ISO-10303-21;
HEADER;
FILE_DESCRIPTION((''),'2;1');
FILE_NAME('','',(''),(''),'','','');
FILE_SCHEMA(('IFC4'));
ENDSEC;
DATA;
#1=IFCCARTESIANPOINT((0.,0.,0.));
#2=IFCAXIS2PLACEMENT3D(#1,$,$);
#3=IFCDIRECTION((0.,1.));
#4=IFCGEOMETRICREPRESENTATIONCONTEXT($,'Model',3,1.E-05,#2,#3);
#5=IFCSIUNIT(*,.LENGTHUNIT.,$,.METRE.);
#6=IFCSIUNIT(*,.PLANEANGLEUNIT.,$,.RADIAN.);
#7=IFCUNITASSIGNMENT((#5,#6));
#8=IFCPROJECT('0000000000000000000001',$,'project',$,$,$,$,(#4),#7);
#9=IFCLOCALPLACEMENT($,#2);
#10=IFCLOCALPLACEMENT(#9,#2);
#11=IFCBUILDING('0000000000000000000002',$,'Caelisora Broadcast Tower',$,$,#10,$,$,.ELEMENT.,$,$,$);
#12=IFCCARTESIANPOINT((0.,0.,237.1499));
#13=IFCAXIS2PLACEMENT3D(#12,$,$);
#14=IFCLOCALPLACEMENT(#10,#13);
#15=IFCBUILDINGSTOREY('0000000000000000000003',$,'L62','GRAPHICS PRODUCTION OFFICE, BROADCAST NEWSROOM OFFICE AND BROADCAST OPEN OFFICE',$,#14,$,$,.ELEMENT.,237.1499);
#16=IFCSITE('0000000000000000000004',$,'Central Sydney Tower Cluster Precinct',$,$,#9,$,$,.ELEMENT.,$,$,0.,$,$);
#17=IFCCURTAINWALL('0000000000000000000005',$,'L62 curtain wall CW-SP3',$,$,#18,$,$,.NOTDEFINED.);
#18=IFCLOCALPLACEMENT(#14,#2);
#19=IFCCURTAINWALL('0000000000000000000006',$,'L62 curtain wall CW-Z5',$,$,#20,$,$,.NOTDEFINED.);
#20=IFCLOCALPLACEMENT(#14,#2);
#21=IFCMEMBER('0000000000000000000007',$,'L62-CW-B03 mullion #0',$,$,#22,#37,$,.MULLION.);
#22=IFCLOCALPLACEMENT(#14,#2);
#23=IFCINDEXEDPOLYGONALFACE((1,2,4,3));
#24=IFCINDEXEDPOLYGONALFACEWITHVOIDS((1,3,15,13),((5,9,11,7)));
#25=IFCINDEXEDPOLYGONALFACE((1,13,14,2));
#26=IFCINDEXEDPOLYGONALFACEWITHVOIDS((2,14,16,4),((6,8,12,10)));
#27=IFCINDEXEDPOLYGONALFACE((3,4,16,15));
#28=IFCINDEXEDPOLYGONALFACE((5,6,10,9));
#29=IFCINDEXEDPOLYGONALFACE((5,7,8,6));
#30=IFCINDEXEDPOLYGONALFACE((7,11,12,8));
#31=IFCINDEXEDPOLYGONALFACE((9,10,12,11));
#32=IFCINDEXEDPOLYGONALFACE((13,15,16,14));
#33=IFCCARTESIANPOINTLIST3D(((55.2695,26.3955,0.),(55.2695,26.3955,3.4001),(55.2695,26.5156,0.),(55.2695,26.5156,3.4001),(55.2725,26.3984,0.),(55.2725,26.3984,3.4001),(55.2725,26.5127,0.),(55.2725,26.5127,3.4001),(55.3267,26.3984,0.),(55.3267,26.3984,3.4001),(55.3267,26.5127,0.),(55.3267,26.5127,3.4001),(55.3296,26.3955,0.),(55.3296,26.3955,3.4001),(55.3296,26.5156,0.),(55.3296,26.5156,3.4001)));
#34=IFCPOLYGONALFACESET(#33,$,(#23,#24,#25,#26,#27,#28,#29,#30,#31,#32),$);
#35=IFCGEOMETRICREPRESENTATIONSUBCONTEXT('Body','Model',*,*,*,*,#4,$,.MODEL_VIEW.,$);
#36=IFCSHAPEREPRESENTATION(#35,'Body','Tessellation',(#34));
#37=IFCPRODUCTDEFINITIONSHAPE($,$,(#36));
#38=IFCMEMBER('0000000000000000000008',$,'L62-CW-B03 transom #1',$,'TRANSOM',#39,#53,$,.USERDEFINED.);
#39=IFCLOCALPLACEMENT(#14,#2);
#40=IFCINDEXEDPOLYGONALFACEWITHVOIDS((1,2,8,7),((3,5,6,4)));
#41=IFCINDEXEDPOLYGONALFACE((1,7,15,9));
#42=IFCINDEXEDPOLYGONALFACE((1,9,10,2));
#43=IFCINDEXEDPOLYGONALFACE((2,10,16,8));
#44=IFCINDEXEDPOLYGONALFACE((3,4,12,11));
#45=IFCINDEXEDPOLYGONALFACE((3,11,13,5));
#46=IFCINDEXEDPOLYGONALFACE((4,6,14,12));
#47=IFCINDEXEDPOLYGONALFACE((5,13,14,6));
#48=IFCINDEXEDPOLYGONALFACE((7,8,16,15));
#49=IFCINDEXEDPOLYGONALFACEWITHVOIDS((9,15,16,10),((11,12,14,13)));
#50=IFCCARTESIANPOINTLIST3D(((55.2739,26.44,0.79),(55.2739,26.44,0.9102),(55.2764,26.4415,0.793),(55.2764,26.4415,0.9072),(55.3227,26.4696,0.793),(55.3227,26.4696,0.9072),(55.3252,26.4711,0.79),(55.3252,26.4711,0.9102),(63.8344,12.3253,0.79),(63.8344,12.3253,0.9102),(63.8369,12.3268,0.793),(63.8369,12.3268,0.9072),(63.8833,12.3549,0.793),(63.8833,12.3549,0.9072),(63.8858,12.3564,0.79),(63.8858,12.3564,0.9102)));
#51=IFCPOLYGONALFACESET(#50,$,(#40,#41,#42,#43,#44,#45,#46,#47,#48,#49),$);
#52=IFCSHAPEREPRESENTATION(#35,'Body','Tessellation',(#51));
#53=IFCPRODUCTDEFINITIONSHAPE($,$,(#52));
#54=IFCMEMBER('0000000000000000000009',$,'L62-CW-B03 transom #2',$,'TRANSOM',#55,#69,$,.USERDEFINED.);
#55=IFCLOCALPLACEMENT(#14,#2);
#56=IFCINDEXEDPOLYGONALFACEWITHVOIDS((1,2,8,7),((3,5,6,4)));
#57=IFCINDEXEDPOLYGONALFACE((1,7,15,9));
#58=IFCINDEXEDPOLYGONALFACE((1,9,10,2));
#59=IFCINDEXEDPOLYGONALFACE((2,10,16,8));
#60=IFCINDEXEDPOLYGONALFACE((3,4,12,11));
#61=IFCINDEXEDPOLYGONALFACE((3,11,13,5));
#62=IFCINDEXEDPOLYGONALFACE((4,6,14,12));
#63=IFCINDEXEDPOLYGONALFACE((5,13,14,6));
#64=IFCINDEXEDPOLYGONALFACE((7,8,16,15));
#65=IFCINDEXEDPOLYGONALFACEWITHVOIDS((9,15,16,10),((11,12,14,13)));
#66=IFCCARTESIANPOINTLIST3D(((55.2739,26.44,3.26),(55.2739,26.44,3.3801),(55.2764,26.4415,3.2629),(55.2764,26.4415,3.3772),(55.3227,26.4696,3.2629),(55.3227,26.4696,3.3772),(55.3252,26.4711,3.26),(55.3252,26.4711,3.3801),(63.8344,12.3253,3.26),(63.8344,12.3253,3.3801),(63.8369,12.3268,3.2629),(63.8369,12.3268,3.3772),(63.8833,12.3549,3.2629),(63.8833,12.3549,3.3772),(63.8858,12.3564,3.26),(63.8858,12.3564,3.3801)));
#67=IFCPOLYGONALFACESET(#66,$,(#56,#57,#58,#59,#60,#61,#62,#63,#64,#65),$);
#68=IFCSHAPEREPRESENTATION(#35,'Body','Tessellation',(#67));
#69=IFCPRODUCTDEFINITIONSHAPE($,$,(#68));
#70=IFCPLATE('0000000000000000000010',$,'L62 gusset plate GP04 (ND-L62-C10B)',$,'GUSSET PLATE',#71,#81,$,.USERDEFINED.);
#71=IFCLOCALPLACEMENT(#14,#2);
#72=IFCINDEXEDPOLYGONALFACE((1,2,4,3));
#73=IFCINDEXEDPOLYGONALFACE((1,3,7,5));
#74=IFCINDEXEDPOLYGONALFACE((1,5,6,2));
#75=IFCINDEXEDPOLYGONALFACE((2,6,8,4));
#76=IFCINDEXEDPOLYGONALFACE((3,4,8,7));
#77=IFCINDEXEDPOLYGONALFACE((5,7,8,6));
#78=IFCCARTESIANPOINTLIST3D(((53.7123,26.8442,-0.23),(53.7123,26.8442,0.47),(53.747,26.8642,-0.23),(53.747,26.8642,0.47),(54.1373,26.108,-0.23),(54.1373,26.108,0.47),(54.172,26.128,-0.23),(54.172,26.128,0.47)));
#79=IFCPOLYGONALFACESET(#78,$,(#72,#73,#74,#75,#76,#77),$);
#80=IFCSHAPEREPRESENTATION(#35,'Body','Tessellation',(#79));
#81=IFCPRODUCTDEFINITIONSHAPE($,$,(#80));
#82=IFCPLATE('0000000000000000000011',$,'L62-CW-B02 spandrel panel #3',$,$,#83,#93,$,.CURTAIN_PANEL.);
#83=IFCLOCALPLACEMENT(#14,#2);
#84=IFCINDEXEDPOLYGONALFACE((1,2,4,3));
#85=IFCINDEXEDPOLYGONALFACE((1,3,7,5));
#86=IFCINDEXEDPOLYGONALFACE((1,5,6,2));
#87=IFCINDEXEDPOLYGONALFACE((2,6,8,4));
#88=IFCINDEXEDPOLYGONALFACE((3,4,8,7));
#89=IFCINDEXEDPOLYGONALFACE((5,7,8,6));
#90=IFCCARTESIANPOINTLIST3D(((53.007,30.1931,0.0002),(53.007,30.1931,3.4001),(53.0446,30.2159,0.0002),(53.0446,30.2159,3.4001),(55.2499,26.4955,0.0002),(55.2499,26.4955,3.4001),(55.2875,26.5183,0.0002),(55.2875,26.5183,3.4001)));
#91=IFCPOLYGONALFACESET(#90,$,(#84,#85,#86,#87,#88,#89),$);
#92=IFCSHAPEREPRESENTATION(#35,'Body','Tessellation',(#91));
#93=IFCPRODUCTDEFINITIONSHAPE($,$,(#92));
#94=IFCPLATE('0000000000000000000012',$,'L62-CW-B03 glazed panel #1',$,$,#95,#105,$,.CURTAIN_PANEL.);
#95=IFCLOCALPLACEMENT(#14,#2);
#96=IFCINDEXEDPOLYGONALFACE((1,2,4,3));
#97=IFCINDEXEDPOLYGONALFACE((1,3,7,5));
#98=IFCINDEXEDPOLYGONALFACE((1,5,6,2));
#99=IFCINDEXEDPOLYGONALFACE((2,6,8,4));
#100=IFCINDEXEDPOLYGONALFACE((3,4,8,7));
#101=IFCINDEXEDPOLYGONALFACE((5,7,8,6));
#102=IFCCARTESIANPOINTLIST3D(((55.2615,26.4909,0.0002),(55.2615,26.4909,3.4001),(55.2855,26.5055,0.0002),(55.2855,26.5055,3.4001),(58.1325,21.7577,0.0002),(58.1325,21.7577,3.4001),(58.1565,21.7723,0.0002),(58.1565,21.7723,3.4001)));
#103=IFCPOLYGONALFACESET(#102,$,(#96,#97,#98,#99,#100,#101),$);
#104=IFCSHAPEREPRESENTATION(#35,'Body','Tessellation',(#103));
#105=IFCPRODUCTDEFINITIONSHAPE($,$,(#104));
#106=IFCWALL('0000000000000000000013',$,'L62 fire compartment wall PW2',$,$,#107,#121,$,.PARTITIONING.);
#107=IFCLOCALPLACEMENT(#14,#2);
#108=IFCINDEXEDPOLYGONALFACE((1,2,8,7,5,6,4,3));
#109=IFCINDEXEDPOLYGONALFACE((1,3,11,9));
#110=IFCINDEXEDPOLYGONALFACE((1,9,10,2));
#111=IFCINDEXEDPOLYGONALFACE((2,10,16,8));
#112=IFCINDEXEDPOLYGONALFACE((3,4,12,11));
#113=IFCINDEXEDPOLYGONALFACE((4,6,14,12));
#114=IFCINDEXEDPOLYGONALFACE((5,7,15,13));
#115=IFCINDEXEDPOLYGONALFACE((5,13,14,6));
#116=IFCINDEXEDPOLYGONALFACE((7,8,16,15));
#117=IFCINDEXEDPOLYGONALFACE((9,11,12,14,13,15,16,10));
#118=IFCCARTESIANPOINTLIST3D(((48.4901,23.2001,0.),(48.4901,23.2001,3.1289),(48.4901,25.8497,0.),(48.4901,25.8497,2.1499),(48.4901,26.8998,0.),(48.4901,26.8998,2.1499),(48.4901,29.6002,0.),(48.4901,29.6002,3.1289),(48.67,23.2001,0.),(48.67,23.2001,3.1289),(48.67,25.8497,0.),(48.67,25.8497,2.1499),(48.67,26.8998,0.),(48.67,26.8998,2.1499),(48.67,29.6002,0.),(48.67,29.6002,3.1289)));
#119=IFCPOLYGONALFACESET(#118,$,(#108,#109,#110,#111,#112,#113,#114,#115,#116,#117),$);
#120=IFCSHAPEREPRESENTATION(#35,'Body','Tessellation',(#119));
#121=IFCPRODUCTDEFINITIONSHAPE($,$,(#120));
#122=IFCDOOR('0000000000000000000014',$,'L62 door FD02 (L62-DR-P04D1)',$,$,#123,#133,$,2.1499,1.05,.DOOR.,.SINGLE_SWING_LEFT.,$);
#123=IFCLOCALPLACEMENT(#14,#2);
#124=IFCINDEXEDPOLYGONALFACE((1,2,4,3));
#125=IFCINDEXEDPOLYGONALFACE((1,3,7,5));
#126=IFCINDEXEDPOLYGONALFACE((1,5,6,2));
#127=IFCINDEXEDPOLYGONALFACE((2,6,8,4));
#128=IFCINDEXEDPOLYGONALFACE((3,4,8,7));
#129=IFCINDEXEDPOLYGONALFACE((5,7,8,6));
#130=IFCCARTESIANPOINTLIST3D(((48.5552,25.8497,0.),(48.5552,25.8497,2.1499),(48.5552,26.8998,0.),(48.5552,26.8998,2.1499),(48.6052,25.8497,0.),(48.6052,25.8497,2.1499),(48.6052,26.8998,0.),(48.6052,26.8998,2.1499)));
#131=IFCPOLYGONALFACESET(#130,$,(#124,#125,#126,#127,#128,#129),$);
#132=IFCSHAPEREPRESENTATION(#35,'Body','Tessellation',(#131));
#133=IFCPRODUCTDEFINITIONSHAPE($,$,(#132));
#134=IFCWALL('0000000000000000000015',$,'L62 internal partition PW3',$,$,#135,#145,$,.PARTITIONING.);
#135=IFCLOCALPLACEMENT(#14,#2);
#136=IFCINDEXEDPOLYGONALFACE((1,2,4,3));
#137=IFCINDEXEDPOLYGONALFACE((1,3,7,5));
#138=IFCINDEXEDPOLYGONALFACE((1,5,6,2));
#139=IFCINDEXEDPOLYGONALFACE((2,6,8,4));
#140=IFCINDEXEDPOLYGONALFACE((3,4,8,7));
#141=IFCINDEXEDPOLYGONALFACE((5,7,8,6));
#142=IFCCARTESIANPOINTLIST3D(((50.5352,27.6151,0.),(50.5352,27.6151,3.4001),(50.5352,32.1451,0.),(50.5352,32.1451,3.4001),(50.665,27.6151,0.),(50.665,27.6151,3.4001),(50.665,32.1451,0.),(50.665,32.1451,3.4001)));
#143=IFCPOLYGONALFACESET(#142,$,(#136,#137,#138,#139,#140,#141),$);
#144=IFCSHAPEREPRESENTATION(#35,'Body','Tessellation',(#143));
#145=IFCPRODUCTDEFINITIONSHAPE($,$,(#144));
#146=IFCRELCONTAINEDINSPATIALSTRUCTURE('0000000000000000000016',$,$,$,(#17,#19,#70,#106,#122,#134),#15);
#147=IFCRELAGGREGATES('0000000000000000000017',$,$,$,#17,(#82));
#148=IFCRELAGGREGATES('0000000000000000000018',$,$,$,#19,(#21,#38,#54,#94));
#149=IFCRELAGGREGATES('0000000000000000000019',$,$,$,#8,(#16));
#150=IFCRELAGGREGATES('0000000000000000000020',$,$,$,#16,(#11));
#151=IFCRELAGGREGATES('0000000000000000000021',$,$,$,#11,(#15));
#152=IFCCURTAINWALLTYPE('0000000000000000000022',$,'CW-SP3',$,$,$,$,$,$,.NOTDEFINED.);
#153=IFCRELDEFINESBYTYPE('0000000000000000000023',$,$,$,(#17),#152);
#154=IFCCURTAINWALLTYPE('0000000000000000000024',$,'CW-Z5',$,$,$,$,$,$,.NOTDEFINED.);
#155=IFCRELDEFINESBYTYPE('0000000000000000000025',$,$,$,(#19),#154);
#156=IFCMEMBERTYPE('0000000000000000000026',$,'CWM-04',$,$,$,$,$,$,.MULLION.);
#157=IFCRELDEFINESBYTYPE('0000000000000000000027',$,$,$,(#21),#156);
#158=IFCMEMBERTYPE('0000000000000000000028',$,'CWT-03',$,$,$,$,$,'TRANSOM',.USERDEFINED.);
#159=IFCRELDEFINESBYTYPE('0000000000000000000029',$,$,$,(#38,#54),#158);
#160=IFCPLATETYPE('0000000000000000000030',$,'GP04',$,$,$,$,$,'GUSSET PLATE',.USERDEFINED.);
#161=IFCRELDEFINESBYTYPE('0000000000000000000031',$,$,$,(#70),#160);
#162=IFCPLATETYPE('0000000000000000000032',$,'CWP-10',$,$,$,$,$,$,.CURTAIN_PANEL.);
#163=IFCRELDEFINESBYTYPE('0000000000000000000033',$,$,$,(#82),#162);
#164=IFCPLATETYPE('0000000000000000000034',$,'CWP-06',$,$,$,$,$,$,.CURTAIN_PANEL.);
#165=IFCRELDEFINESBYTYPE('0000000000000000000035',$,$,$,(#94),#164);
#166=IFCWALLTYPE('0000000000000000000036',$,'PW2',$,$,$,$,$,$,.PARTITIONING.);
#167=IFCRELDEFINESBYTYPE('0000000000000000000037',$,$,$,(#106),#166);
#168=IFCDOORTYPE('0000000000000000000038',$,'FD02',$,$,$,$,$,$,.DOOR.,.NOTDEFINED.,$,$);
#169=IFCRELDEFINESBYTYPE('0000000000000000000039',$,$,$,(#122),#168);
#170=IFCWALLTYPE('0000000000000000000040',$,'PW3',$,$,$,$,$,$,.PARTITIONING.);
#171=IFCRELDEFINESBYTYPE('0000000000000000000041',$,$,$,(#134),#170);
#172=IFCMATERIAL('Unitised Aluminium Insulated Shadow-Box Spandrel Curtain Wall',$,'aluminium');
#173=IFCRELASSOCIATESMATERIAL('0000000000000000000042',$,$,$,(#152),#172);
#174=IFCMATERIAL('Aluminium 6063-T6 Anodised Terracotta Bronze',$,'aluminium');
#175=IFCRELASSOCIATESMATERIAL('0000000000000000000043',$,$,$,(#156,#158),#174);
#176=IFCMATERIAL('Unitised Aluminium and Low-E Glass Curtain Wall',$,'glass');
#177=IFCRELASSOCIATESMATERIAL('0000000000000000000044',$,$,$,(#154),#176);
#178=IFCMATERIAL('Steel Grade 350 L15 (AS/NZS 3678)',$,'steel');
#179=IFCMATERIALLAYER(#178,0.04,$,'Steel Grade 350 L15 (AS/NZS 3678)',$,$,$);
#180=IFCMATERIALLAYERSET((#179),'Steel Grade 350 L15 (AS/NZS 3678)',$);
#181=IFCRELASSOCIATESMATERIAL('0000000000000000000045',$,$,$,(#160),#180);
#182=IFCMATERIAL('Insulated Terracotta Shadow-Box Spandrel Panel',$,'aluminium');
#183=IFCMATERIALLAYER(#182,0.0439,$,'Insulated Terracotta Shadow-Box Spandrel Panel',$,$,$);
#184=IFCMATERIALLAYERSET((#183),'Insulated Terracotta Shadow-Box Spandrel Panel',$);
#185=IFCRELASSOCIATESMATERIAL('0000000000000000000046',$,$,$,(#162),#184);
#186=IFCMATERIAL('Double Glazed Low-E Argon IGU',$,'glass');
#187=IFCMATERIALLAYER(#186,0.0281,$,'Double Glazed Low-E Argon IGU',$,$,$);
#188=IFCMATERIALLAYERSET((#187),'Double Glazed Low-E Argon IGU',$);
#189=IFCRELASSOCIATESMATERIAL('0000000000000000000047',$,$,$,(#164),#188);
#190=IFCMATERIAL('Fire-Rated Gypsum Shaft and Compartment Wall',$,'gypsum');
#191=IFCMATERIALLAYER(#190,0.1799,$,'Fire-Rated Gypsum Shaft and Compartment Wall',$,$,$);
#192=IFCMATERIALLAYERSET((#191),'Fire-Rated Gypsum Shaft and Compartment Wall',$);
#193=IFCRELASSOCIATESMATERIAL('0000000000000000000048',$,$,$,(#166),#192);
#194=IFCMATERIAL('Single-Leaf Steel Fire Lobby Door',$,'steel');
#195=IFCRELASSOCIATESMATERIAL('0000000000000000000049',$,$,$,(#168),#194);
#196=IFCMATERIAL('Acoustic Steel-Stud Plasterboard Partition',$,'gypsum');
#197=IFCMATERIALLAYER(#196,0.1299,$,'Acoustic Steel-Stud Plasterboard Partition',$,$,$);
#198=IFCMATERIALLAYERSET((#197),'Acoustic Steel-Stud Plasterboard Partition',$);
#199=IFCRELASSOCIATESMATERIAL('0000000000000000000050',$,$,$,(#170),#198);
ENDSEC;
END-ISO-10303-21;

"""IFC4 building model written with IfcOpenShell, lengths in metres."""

from ifc_helpers import new_model, si_unit, direction, frame, frame_2d, origin, origin_2d, place, context, subcontext, project, spatial, rectangle, hollow_rectangle, extrude, source, transform, mapped, material, layer, layer_set, material_profile, profile_set, type_object, type_shapes, element, fill, aggregate, save


model = new_model("IFC4")

# Units and contexts
model_context = context("Model", 3, precision=1e-05, world=origin(), true_north=direction((0.0, 1.0)))
body_context = subcontext(model_context, "Body", "Model", "MODEL_VIEW")
ifc_project = project(units=[si_unit("LENGTHUNIT", "METRE"), si_unit("PLANEANGLEUNIT", "RADIAN")], contexts=[model_context])

# Site, building, storey
site_placement = place(None, origin())
site = spatial("IfcSite", under=ifc_project, at=site_placement, Name="Central Sydney Tower Cluster Precinct", CompositionType="ELEMENT", RefElevation=0.0)
building_placement = place(site_placement, origin())
building = spatial("IfcBuilding", under=site, at=building_placement, Name="Caelisora Broadcast Tower", CompositionType="ELEMENT")
storey_placement = place(building_placement, frame((0.0, 0.0, 237.1499)))
storey = spatial("IfcBuildingStorey", under=building, at=storey_placement, Name="L62", Description="GRAPHICS PRODUCTION OFFICE, BROADCAST NEWSROOM OFFICE AND BROADCAST OPEN OFFICE", CompositionType="ELEMENT", Elevation=237.1499)

# Shared definitions
ifc_material_1 = material(Name="Steel Grade 350 L15 (AS/NZS 3678)", Category="steel")

# Curtain walls, members
ifc_material_2 = material(Name="Unitised Aluminium Insulated Shadow-Box Spandrel Curtain Wall", Category="aluminium")
curtain_wall_type_1 = type_object("IfcCurtainWallType", Name="CW-SP3", PredefinedType="NOTDEFINED", material=ifc_material_2)
curtain_wall_1_placement = place(storey_placement, origin())
curtain_wall_1 = element("IfcCurtainWall", 1, at=curtain_wall_1_placement, inside=storey, type_object=curtain_wall_type_1, Name="L62 curtain wall CW-SP3", PredefinedType="NOTDEFINED")
ifc_material_3 = material(Name="Aluminium 6063-T6 Anodised Terracotta Bronze", Category="aluminium")
ifc_material_profile_1 = material_profile(ifc_material_3, hollow_rectangle(XDim=0.0601, YDim=0.1201, WallThickness=0.0029, at=origin_2d()), Name="Aluminium 6063-T6 Anodised Terracotta Bronze")
ifc_profile_set_1 = profile_set([ifc_material_profile_1], Name="Aluminium 6063-T6 Anodised Terracotta Bronze")
member_type_1 = type_object("IfcMemberType", Name="CWM-04", PredefinedType="MULLION", material=ifc_profile_set_1)
shared_shape_1 = source(origin(), body_context, "Body", "SweptSolid", [
    extrude(hollow_rectangle(XDim=0.0601, YDim=0.1201, WallThickness=0.0029, at=origin_2d()), origin(), (0.0, 0.0, 1.0), 3.4001),
])
type_shapes(member_type_1, [shared_shape_1])
ifc_material_4 = material(Name="Unitised Aluminium and Low-E Glass Curtain Wall", Category="glass")
curtain_wall_type_2 = type_object("IfcCurtainWallType", Name="CW-Z5", PredefinedType="NOTDEFINED", material=ifc_material_4)
curtain_wall_2_placement = place(storey_placement, origin())
curtain_wall_2 = element("IfcCurtainWall", 2, at=curtain_wall_2_placement, inside=storey, type_object=curtain_wall_type_2, Name="L62 curtain wall CW-Z5", PredefinedType="NOTDEFINED")
member_1_placement = place(storey_placement, frame((55.2996, 26.4556, 0.0), z_axis=(0.0, 0.0, 1.0), x_axis=(1.0, 0.0, 0.0)))
member_1 = element("IfcMember", 3, at=member_1_placement, type_object=member_type_1, Name="L62-CW-B03 mullion #0", PredefinedType="MULLION", context=body_context, shape_type="MappedRepresentation", body=[
    mapped(shared_shape_1, transform((0.0, 0.0, 0.0), scale=1.0)),
])
ifc_material_profile_2 = material_profile(ifc_material_3, hollow_rectangle(XDim=0.0601, YDim=0.1201, WallThickness=0.0029, at=origin_2d()), Name="Aluminium 6063-T6 Anodised Terracotta Bronze")
ifc_profile_set_2 = profile_set([ifc_material_profile_2], Name="Aluminium 6063-T6 Anodised Terracotta Bronze")
member_type_2 = type_object("IfcMemberType", Name="CWT-03", ElementType="TRANSOM", PredefinedType="USERDEFINED", material=ifc_profile_set_2)
shared_shape_2 = source(origin(), body_context, "Body", "SweptSolid", [
    extrude(hollow_rectangle(XDim=0.0601, YDim=0.1201, WallThickness=0.0029, at=origin_2d()), origin(), (0.0, 0.0, 1.0), 16.5078),
])
type_shapes(member_type_2, [shared_shape_2])
member_2_placement = place(storey_placement, frame((55.2996, 26.4556, 0.8501), z_axis=(0.518574, -0.855033, 0.0), x_axis=(0.855033, 0.518574, 0.0)))
member_2 = element("IfcMember", 4, at=member_2_placement, type_object=member_type_2, Name="L62-CW-B03 transom #1", ObjectType="TRANSOM", PredefinedType="USERDEFINED", context=body_context, shape_type="MappedRepresentation", body=[
    mapped(shared_shape_2, transform((0.0, 0.0, 0.0), scale=1.0)),
])
member_3_placement = place(storey_placement, frame((55.2996, 26.4556, 3.3201), z_axis=(0.518574, -0.855033, 0.0), x_axis=(0.855033, 0.518574, 0.0)))
member_3 = element("IfcMember", 5, at=member_3_placement, type_object=member_type_2, Name="L62-CW-B03 transom #2", ObjectType="TRANSOM", PredefinedType="USERDEFINED", context=body_context, shape_type="MappedRepresentation", body=[
    mapped(shared_shape_2, transform((0.0, 0.0, 0.0), scale=1.0)),
])

# Plates
ifc_layer_1 = layer(ifc_material_1, 0.04, Name="Steel Grade 350 L15 (AS/NZS 3678)")
ifc_layer_set_1 = layer_set([ifc_layer_1], Name="Steel Grade 350 L15 (AS/NZS 3678)")
plate_type_1 = type_object("IfcPlateType", Name="GP04", ElementType="GUSSET PLATE", PredefinedType="USERDEFINED", material=ifc_layer_set_1)
shared_shape_3 = source(origin(), body_context, "Body", "SweptSolid", [
    extrude(rectangle(XDim=0.8501, YDim=0.04, at=origin_2d()), origin(), (0.0, 0.0, 1.0), 0.7),
])
type_shapes(plate_type_1, [shared_shape_3])
plate_1_placement = place(storey_placement, frame((53.9421, 26.4861, -0.23), z_axis=(0.0, 0.0, 1.0), x_axis=(-0.5, 0.866025, 0.0)))
element("IfcPlate", 6, at=plate_1_placement, inside=storey, type_object=plate_type_1, Name="L62 gusset plate GP04 (ND-L62-C10B)", ObjectType="GUSSET PLATE", PredefinedType="USERDEFINED", context=body_context, shape_type="MappedRepresentation", body=[
    mapped(shared_shape_3, transform((0.0, 0.0, 0.0), scale=1.0)),
])
ifc_material_5 = material(Name="Insulated Terracotta Shadow-Box Spandrel Panel", Category="aluminium")
ifc_layer_2 = layer(ifc_material_5, 0.0439, Name="Insulated Terracotta Shadow-Box Spandrel Panel")
ifc_layer_set_2 = layer_set([ifc_layer_2], Name="Insulated Terracotta Shadow-Box Spandrel Panel")
plate_type_2 = type_object("IfcPlateType", Name="CWP-10", PredefinedType="CURTAIN_PANEL", material=ifc_layer_set_2)
shared_shape_4 = source(origin(), body_context, "Body", "SweptSolid", [
    extrude(rectangle(XDim=4.3247, YDim=0.0439, at=origin_2d()), origin(), (0.0, 0.0, 1.0), 3.3999),
])
type_shapes(plate_type_2, [shared_shape_4])
plate_2_placement = place(storey_placement, frame((54.1472, 28.3557, 0.0002), z_axis=(0.0, 0.0, 1.0), x_axis=(0.518624, -0.855002, 0.0)))
plate_2 = element("IfcPlate", 7, at=plate_2_placement, type_object=plate_type_2, Name="L62-CW-B02 spandrel panel #3", PredefinedType="CURTAIN_PANEL", context=body_context, shape_type="MappedRepresentation", body=[
    mapped(shared_shape_4, transform((0.0, 0.0, 0.0), scale=1.0)),
])
aggregate(curtain_wall_1, [plate_2])
ifc_material_6 = material(Name="Double Glazed Low-E Argon IGU", Category="glass")
ifc_layer_3 = layer(ifc_material_6, 0.0281, Name="Double Glazed Low-E Argon IGU")
ifc_layer_set_3 = layer_set([ifc_layer_3], Name="Double Glazed Low-E Argon IGU")
plate_type_3 = type_object("IfcPlateType", Name="CWP-06", PredefinedType="CURTAIN_PANEL", material=ifc_layer_set_3)
shared_shape_5 = source(origin(), body_context, "Body", "SweptSolid", [
    extrude(rectangle(XDim=5.5359, YDim=0.0281, at=origin_2d()), origin(), (0.0, 0.0, 1.0), 3.3999),
])
type_shapes(plate_type_3, [shared_shape_5])
plate_3_placement = place(storey_placement, frame((56.709, 24.1316, 0.0002), z_axis=(0.0, 0.0, 1.0), x_axis=(0.518624, -0.855002, 0.0)))
plate_3 = element("IfcPlate", 8, at=plate_3_placement, type_object=plate_type_3, Name="L62-CW-B03 glazed panel #1", PredefinedType="CURTAIN_PANEL", context=body_context, shape_type="MappedRepresentation", body=[
    mapped(shared_shape_5, transform((0.0, 0.0, 0.0), scale=1.0)),
])
aggregate(curtain_wall_2, [member_1, member_2, member_3, plate_3])

# Wall, opening, door
ifc_material_7 = material(Name="Fire-Rated Gypsum Shaft and Compartment Wall", Category="gypsum")
ifc_layer_4 = layer(ifc_material_7, 0.1799, Name="Fire-Rated Gypsum Shaft and Compartment Wall")
ifc_layer_set_4 = layer_set([ifc_layer_4], Name="Fire-Rated Gypsum Shaft and Compartment Wall")
wall_type_1 = type_object("IfcWallType", Name="PW2", PredefinedType="PARTITIONING", material=ifc_layer_set_4)
wall_1_placement = place(storey_placement, frame((48.5801, 23.2, 0.0), z_axis=(0.0, 0.0, 1.0), x_axis=(0.0, 1.0, 0.0)))
wall_1 = element("IfcWall", 9, at=wall_1_placement, inside=storey, type_object=wall_type_1, Name="L62 fire compartment wall PW2", PredefinedType="PARTITIONING", context=body_context, shape_type="SweptSolid", body=[
    extrude(rectangle(XDim=6.4001, YDim=0.1799, at=frame_2d((3.2002, 0.0))), origin(), (0.0, 0.0, 1.0), 3.1289),
])
opening_1_placement = place(wall_1_placement, frame((2.6499, 0.0, 0.0)))
opening_1 = element("IfcOpeningElement", 10, at=opening_1_placement, cuts=wall_1, PredefinedType="OPENING", context=body_context, shape_type="SweptSolid", body=[
    extrude(rectangle(XDim=1.05, YDim=2.1499, at=frame_2d((0.5249, 1.075))), frame((0.0, 0.1021, 0.0), z_axis=(0.0, -1.0, 0.0), x_axis=(1.0, 0.0, 0.0)), (0.0, 0.0, 1.0), 0.2039),
])
ifc_material_8 = material(Name="Single-Leaf Steel Fire Lobby Door", Category="steel")
door_type_1 = type_object("IfcDoorType", Name="FD02", OperationType="NOTDEFINED", PredefinedType="DOOR", material=ifc_material_8)
door_1_placement = place(opening_1_placement, origin())
door_1 = element("IfcDoor", 11, at=door_1_placement, inside=storey, type_object=door_type_1, Name="L62 door FD02 (L62-DR-P04D1)", OperationType="SINGLE_SWING_LEFT", OverallHeight=2.1499, OverallWidth=1.05, PredefinedType="DOOR", context=body_context, shape_type="SweptSolid", body=[
    extrude(rectangle(XDim=1.05, YDim=2.1499, at=frame_2d((0.5249, 1.075))), frame((0.0, 0.0249, 0.0), z_axis=(0.0, -1.0, 0.0), x_axis=(1.0, 0.0, 0.0)), (0.0, 0.0, 1.0), 0.05),
])
fill(opening_1, door_1)

# Wall
ifc_material_9 = material(Name="Acoustic Steel-Stud Plasterboard Partition", Category="gypsum")
ifc_layer_5 = layer(ifc_material_9, 0.1299, Name="Acoustic Steel-Stud Plasterboard Partition")
ifc_layer_set_5 = layer_set([ifc_layer_5], Name="Acoustic Steel-Stud Plasterboard Partition")
wall_type_2 = type_object("IfcWallType", Name="PW3", PredefinedType="PARTITIONING", material=ifc_layer_set_5)
wall_2_placement = place(storey_placement, frame((50.6001, 27.615, 0.0), z_axis=(0.0, 0.0, 1.0), x_axis=(0.0, 1.0, 0.0)))
element("IfcWall", 12, at=wall_2_placement, inside=storey, type_object=wall_type_2, Name="L62 internal partition PW3", PredefinedType="PARTITIONING", context=body_context, shape_type="SweptSolid", body=[
    extrude(rectangle(XDim=4.53, YDim=0.1299, at=frame_2d((2.2651, 0.0))), origin(), (0.0, 0.0, 1.0), 3.4001),
])

save(model, "model.ifc")
